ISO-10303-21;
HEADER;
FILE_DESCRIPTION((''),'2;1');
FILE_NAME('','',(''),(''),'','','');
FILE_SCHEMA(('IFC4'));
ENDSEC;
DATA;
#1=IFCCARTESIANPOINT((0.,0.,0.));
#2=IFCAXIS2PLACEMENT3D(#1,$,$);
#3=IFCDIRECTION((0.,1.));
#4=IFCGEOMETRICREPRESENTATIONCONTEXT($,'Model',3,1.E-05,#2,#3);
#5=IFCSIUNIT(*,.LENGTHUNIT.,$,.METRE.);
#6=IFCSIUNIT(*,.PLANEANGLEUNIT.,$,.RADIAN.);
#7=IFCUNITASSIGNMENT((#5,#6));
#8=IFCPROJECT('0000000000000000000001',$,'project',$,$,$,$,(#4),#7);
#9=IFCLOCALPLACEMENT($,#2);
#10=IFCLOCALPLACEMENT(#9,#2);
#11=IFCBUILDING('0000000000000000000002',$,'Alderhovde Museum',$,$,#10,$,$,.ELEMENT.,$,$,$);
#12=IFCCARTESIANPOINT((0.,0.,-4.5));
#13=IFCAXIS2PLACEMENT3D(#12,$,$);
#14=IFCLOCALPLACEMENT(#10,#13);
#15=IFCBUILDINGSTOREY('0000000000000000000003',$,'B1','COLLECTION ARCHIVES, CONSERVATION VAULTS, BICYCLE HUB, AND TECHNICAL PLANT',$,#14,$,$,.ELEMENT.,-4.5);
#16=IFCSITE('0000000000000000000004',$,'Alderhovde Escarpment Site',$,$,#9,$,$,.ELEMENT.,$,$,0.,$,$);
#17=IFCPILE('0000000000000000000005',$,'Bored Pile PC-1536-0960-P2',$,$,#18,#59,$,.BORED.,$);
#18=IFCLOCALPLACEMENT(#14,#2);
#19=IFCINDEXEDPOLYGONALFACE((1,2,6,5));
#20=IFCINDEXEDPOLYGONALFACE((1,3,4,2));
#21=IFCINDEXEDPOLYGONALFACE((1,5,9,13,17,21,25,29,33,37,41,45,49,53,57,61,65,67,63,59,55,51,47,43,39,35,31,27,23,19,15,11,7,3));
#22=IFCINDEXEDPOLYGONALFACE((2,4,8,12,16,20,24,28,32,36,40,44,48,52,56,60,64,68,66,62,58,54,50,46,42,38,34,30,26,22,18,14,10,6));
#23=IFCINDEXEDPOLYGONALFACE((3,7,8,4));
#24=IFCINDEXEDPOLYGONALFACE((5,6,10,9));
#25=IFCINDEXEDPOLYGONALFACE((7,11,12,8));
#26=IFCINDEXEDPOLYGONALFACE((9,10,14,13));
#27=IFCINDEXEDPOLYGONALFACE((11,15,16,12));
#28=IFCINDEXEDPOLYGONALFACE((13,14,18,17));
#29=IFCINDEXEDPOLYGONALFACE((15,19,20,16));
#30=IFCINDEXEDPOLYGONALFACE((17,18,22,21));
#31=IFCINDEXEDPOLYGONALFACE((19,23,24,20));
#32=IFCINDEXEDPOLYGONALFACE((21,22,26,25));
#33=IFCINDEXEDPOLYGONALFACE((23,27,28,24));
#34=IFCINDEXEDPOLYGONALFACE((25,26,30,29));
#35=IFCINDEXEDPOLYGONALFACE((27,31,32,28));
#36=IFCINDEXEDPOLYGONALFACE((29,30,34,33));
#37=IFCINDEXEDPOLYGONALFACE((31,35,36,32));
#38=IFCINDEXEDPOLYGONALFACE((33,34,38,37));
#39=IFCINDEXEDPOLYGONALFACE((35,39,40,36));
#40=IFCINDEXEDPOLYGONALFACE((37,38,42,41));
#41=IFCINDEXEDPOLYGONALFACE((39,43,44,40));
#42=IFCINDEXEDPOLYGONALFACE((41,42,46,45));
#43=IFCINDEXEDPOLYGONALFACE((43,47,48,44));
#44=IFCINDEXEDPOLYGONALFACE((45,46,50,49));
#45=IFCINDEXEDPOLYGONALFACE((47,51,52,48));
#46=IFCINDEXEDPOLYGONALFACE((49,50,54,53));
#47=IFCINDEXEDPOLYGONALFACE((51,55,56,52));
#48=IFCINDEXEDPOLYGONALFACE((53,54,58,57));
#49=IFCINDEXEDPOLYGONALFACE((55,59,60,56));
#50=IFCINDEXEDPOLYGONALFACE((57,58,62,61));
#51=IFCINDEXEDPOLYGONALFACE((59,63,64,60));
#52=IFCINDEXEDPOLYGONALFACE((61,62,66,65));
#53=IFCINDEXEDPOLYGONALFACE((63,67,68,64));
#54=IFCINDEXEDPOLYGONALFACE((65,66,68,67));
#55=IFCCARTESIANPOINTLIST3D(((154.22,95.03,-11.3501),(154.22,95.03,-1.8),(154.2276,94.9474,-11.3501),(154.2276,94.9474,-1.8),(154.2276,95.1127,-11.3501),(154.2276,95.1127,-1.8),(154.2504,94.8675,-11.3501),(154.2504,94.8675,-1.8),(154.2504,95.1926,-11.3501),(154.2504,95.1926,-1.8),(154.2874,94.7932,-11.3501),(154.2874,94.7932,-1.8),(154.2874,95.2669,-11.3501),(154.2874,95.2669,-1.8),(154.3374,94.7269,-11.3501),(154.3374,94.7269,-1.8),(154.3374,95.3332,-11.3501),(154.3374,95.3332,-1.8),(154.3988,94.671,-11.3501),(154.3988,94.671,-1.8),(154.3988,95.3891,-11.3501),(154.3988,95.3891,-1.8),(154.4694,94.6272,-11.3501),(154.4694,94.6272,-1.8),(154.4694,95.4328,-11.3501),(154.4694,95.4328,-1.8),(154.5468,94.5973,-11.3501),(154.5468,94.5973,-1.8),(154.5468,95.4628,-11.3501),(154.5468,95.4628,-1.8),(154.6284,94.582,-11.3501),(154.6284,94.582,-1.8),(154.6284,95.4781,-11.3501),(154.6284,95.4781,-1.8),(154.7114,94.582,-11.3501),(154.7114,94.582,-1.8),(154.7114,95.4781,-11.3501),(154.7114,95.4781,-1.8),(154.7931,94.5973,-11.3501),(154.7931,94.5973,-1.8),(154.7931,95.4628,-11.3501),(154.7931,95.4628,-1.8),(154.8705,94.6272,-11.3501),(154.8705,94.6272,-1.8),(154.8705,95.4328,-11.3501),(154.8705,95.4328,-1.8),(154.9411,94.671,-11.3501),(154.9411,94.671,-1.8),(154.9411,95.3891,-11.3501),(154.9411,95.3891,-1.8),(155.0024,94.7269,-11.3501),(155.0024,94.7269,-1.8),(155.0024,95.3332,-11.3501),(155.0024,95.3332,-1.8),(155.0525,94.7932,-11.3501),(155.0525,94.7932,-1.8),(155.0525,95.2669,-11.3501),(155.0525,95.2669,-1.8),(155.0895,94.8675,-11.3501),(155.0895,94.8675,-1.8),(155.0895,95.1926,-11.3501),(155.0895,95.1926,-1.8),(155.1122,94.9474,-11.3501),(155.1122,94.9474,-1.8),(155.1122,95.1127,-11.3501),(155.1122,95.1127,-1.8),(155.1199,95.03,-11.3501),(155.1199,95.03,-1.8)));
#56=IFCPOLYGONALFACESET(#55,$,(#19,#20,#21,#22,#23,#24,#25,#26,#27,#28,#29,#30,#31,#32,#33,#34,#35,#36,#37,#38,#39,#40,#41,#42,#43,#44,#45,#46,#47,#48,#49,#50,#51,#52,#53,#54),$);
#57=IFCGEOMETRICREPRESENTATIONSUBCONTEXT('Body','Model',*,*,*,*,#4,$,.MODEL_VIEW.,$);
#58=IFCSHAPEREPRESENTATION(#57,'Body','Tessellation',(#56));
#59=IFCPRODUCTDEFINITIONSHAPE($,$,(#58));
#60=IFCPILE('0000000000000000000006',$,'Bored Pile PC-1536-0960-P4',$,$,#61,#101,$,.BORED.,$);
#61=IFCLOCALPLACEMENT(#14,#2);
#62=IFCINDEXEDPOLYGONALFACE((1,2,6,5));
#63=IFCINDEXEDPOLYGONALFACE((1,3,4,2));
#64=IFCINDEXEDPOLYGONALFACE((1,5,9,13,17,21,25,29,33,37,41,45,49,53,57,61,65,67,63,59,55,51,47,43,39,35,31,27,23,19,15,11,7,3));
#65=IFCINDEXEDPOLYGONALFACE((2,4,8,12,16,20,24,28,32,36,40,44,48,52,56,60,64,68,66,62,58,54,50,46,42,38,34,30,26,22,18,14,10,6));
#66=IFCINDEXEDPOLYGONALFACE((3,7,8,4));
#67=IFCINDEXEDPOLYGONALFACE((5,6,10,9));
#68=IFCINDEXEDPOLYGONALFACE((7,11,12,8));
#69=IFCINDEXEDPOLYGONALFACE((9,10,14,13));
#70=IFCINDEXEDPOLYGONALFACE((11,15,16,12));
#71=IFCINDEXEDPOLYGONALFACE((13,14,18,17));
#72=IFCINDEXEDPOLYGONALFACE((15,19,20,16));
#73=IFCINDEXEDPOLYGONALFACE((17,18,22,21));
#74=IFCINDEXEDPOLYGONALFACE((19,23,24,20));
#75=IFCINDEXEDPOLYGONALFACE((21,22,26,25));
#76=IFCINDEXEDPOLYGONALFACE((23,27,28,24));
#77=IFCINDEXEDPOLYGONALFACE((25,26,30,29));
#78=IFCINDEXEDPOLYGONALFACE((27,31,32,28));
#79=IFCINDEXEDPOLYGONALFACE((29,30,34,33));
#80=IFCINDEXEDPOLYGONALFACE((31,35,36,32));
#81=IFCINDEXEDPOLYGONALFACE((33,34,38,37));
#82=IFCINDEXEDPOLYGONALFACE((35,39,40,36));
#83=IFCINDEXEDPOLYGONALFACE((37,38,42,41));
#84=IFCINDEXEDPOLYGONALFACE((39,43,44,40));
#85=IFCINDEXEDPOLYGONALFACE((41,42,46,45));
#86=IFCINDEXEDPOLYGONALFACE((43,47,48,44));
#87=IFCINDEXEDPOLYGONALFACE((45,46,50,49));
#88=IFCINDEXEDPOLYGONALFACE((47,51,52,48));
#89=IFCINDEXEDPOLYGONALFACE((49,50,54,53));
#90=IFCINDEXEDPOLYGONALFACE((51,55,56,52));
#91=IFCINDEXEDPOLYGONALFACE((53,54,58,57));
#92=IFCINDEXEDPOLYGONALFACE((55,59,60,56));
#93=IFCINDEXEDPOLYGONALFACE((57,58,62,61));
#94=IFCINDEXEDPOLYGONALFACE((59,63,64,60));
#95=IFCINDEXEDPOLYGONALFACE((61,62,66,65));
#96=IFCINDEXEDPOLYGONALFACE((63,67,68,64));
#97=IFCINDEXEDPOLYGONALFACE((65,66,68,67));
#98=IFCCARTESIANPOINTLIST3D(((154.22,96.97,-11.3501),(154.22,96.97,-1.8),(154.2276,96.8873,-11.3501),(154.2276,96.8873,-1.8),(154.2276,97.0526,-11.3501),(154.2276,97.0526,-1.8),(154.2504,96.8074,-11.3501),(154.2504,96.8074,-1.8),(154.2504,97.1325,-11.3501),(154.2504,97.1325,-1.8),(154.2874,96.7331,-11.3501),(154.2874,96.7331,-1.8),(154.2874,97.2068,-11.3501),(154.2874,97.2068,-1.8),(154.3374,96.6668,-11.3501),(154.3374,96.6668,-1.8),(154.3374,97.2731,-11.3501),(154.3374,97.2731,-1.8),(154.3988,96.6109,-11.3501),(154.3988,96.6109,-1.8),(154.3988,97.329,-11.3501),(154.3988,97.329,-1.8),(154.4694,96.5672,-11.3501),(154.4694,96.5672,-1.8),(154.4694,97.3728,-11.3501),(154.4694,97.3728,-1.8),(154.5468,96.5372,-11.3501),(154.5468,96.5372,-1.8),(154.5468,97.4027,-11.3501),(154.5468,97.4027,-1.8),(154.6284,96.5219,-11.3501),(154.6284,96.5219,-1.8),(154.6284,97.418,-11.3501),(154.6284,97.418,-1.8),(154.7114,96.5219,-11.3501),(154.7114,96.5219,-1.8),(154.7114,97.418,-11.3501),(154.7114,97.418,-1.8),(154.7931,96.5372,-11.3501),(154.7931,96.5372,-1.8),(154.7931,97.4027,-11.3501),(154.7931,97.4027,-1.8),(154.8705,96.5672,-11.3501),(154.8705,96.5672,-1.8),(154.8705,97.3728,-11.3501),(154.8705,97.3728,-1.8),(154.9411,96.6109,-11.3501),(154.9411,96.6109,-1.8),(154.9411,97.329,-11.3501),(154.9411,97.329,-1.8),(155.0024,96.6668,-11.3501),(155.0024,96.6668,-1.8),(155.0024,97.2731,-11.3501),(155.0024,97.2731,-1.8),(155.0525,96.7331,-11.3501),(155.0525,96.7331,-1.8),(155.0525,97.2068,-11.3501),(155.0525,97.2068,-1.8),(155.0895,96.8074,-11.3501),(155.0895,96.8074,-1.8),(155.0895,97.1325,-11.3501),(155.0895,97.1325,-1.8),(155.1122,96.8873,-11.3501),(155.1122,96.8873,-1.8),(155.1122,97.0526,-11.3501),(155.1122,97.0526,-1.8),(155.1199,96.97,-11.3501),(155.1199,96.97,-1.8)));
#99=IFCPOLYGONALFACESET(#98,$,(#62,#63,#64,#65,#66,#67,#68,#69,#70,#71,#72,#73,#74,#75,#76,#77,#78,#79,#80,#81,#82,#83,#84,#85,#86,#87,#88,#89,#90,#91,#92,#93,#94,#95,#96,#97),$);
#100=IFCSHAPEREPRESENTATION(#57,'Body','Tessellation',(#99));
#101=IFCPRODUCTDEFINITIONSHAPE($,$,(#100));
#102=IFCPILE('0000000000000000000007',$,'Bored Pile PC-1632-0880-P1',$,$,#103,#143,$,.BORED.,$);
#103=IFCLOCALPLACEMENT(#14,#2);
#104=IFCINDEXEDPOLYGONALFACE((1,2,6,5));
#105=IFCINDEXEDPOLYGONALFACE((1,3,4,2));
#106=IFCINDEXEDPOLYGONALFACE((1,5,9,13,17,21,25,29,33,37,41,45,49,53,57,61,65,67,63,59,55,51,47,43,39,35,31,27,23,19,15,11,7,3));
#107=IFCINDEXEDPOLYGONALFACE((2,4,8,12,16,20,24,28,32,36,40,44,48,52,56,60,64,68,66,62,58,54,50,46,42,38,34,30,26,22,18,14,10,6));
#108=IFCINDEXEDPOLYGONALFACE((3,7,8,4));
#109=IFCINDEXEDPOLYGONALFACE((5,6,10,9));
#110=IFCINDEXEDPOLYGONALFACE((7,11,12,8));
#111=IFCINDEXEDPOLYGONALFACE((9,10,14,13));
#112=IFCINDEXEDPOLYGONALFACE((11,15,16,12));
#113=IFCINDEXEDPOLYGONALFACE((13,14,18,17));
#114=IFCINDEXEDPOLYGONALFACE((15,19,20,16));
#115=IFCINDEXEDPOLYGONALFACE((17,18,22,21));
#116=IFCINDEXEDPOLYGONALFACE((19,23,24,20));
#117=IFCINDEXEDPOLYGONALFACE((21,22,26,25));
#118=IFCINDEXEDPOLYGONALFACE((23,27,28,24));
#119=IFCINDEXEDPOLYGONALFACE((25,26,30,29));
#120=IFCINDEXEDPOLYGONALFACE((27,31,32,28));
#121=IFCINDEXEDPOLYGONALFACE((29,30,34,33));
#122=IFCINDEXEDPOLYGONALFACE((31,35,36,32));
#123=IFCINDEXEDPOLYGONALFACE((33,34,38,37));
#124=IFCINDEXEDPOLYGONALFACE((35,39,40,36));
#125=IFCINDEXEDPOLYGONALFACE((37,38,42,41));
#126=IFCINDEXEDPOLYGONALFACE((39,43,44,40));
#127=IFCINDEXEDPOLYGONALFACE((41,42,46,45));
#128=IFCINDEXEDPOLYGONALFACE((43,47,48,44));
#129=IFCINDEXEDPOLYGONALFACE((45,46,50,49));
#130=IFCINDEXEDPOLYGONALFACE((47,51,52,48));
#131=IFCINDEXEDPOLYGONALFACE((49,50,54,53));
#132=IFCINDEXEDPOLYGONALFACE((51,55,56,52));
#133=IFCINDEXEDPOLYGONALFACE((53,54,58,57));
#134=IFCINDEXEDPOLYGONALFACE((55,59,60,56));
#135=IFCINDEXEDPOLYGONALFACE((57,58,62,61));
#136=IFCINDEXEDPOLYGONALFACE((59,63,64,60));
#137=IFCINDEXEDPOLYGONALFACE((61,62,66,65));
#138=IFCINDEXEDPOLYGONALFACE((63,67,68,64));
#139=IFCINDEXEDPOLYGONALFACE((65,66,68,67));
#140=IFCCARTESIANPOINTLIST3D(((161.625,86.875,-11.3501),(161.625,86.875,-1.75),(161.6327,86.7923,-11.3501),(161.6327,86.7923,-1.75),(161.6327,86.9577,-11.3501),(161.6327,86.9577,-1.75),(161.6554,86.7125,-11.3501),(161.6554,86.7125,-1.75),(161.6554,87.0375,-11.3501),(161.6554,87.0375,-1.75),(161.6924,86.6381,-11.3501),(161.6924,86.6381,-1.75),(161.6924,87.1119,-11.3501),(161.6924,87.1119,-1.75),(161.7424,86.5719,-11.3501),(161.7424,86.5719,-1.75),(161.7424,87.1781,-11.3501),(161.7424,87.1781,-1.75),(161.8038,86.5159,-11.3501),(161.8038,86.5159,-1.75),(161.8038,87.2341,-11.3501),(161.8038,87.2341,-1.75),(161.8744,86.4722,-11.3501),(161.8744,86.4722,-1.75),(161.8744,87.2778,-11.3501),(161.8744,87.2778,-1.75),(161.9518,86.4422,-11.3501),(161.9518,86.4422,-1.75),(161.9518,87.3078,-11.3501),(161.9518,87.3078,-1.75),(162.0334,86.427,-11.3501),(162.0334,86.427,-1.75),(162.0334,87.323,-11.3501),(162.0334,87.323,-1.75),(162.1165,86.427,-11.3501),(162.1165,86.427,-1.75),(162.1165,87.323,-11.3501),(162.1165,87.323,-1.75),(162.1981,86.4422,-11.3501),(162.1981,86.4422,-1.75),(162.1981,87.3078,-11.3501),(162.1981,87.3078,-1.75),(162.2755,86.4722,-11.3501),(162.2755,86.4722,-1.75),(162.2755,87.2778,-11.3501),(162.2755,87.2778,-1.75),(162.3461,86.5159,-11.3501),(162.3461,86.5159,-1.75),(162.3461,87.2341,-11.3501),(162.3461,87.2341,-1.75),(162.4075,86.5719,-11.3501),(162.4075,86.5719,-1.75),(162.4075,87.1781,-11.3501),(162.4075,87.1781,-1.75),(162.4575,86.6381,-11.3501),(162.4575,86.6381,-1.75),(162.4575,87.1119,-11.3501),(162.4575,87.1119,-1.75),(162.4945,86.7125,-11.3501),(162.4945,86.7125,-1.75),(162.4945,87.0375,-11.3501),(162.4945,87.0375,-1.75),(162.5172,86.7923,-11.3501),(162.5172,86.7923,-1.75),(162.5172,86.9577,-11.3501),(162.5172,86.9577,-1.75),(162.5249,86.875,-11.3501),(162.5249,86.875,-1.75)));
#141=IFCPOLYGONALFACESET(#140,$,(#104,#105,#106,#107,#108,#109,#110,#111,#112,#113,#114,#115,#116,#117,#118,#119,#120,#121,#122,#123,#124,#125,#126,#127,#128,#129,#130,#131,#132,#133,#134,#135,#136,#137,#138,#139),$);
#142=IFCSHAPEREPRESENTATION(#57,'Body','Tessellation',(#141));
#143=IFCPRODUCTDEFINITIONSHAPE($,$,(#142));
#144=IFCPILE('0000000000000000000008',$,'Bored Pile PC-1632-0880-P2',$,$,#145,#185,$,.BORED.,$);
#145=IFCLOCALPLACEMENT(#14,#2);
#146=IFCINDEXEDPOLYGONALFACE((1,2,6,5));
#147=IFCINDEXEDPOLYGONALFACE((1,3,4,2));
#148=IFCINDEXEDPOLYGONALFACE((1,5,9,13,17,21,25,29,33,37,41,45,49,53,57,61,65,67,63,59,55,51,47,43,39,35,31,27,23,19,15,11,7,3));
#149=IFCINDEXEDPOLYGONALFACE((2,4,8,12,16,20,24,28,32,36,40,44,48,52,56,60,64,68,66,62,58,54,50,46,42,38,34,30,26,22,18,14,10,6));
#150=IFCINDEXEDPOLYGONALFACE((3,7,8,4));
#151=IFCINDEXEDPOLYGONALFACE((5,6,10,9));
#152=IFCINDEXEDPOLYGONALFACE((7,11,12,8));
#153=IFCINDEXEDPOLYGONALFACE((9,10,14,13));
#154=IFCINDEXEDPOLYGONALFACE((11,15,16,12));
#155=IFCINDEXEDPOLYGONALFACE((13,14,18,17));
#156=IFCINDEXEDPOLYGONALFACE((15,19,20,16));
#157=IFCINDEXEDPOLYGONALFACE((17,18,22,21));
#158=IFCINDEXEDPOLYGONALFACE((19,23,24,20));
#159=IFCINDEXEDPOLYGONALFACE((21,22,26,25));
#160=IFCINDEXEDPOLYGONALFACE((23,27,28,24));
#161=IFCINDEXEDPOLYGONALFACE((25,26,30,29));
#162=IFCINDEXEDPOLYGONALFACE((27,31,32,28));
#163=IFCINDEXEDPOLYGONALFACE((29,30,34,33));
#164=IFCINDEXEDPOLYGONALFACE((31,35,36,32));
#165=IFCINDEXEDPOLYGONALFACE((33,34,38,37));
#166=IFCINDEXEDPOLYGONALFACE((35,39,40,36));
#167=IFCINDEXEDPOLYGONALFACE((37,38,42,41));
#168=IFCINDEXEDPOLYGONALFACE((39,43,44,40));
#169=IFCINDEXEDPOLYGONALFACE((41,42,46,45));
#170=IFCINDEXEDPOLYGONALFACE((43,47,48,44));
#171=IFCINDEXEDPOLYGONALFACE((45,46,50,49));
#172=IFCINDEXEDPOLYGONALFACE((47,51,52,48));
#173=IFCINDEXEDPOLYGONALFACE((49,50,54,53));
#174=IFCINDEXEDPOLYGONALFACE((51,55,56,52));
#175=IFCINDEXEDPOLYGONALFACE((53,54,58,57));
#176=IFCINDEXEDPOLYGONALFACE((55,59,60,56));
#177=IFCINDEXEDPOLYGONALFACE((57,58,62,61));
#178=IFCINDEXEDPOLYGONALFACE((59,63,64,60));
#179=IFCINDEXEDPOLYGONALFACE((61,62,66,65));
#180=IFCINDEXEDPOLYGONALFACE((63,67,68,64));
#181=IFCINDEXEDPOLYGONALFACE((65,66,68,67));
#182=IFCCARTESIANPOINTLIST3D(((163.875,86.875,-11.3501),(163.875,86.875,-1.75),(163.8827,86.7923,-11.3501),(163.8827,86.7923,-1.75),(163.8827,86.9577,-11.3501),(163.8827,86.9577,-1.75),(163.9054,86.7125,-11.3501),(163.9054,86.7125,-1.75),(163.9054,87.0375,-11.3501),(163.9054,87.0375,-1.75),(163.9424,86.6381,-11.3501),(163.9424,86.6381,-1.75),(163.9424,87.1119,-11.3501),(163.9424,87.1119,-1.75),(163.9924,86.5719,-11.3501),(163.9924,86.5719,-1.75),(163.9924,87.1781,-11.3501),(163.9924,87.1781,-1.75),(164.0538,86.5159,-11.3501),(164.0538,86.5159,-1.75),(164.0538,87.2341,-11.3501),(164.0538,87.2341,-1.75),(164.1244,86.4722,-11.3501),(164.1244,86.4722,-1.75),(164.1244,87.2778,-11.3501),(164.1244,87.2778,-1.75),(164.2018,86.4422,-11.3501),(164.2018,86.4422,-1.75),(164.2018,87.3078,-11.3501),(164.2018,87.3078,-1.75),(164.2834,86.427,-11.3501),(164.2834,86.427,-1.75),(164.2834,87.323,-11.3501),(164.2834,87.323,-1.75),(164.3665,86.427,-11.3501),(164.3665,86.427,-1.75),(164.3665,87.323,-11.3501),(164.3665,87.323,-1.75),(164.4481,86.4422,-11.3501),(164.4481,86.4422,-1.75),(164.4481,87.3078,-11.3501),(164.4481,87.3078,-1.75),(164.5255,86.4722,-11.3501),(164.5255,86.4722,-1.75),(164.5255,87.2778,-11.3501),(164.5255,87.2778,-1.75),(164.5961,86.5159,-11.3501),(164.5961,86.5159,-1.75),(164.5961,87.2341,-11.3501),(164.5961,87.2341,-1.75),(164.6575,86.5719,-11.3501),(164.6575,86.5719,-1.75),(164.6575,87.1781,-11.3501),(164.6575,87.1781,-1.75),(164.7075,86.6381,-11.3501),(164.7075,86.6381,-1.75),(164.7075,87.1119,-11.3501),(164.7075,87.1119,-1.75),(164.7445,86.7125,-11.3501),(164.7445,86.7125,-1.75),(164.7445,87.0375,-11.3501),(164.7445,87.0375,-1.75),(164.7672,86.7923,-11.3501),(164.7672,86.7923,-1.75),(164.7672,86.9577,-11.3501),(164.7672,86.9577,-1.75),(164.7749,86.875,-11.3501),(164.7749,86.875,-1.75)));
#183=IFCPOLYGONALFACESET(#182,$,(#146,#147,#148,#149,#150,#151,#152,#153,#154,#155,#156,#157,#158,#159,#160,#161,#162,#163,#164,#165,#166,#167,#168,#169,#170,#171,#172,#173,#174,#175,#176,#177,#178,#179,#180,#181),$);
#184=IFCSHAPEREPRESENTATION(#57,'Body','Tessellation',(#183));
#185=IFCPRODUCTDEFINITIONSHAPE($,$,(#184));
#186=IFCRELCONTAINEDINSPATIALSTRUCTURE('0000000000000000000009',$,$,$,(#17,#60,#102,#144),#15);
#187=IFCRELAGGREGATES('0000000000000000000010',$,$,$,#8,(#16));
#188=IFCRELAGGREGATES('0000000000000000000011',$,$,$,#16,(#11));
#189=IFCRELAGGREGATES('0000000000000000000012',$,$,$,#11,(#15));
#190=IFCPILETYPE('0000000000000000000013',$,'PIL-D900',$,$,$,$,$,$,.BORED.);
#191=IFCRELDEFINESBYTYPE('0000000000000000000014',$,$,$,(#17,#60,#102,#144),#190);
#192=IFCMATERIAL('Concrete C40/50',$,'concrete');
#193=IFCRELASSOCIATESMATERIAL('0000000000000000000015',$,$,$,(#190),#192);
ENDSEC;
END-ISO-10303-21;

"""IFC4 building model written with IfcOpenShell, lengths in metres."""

from ifc_helpers import new_model, si_unit, direction, frame, origin, origin_2d, place, context, subcontext, project, spatial, circle, extrude, material, material_profile, profile_set, type_object, element, save


model = new_model("IFC4")

# Units and contexts
model_context = context("Model", 3, precision=1e-05, world=origin(), true_north=direction((0.0, 1.0)))
body_context = subcontext(model_context, "Body", "Model", "MODEL_VIEW")
ifc_project = project(units=[si_unit("LENGTHUNIT", "METRE"), si_unit("PLANEANGLEUNIT", "RADIAN")], contexts=[model_context])

# Site, building, storey
site_placement = place(None, origin())
site = spatial("IfcSite", under=ifc_project, at=site_placement, Name="Alderhovde Escarpment Site", CompositionType="ELEMENT", RefElevation=0.0)
building_placement = place(site_placement, origin())
building = spatial("IfcBuilding", under=site, at=building_placement, Name="Alderhovde Museum", CompositionType="ELEMENT")
storey_placement = place(building_placement, frame((0.0, 0.0, -4.5)))
storey = spatial("IfcBuildingStorey", under=building, at=storey_placement, Name="B1", Description="COLLECTION ARCHIVES, CONSERVATION VAULTS, BICYCLE HUB, AND TECHNICAL PLANT", CompositionType="ELEMENT", Elevation=-4.5)

# Piles
ifc_material_1 = material(Name="Concrete C40/50", Category="concrete")
ifc_material_profile_1 = material_profile(ifc_material_1, circle(Radius=0.45, at=origin_2d()), Name="PILE-D900")
ifc_profile_set_1 = profile_set([ifc_material_profile_1], Name="Concrete C40/50")
pile_type_1 = type_object("IfcPileType", Name="PIL-D900", PredefinedType="BORED", material=ifc_profile_set_1)
for number, where, z_axis, x_axis, name in (
    (1, (154.6699, 95.03, -1.8), (0.0, 0.0, -1.0), (1.0, 0.0, 0.0), "Bored Pile PC-1536-0960-P2"),
    (2, (154.6699, 96.97, -1.8), (0.0, 0.0, -1.0), (1.0, 0.0, 0.0), "Bored Pile PC-1536-0960-P4"),
):
    element("IfcPile", number, at=place(storey_placement, frame(where, z_axis=z_axis, x_axis=x_axis)), inside=storey, type_object=pile_type_1, Name=name, PredefinedType="BORED", context=body_context, shape_type="SweptSolid", body=[
        extrude(circle(Radius=0.45, at=origin_2d()), origin(), (0.0, 0.0, 1.0), 9.55),
    ])
for number, where, z_axis, x_axis, name in (
    (3, (162.075, 86.875, -1.75), (0.0, 0.0, -1.0), (1.0, 0.0, 0.0), "Bored Pile PC-1632-0880-P1"),
    (4, (164.325, 86.875, -1.75), (0.0, 0.0, -1.0), (1.0, 0.0, 0.0), "Bored Pile PC-1632-0880-P2"),
):
    element("IfcPile", number, at=place(storey_placement, frame(where, z_axis=z_axis, x_axis=x_axis)), inside=storey, type_object=pile_type_1, Name=name, PredefinedType="BORED", context=body_context, shape_type="SweptSolid", body=[
        extrude(circle(Radius=0.45, at=origin_2d()), origin(), (0.0, 0.0, 1.0), 9.6001),
    ])

save(model, "model.ifc")
